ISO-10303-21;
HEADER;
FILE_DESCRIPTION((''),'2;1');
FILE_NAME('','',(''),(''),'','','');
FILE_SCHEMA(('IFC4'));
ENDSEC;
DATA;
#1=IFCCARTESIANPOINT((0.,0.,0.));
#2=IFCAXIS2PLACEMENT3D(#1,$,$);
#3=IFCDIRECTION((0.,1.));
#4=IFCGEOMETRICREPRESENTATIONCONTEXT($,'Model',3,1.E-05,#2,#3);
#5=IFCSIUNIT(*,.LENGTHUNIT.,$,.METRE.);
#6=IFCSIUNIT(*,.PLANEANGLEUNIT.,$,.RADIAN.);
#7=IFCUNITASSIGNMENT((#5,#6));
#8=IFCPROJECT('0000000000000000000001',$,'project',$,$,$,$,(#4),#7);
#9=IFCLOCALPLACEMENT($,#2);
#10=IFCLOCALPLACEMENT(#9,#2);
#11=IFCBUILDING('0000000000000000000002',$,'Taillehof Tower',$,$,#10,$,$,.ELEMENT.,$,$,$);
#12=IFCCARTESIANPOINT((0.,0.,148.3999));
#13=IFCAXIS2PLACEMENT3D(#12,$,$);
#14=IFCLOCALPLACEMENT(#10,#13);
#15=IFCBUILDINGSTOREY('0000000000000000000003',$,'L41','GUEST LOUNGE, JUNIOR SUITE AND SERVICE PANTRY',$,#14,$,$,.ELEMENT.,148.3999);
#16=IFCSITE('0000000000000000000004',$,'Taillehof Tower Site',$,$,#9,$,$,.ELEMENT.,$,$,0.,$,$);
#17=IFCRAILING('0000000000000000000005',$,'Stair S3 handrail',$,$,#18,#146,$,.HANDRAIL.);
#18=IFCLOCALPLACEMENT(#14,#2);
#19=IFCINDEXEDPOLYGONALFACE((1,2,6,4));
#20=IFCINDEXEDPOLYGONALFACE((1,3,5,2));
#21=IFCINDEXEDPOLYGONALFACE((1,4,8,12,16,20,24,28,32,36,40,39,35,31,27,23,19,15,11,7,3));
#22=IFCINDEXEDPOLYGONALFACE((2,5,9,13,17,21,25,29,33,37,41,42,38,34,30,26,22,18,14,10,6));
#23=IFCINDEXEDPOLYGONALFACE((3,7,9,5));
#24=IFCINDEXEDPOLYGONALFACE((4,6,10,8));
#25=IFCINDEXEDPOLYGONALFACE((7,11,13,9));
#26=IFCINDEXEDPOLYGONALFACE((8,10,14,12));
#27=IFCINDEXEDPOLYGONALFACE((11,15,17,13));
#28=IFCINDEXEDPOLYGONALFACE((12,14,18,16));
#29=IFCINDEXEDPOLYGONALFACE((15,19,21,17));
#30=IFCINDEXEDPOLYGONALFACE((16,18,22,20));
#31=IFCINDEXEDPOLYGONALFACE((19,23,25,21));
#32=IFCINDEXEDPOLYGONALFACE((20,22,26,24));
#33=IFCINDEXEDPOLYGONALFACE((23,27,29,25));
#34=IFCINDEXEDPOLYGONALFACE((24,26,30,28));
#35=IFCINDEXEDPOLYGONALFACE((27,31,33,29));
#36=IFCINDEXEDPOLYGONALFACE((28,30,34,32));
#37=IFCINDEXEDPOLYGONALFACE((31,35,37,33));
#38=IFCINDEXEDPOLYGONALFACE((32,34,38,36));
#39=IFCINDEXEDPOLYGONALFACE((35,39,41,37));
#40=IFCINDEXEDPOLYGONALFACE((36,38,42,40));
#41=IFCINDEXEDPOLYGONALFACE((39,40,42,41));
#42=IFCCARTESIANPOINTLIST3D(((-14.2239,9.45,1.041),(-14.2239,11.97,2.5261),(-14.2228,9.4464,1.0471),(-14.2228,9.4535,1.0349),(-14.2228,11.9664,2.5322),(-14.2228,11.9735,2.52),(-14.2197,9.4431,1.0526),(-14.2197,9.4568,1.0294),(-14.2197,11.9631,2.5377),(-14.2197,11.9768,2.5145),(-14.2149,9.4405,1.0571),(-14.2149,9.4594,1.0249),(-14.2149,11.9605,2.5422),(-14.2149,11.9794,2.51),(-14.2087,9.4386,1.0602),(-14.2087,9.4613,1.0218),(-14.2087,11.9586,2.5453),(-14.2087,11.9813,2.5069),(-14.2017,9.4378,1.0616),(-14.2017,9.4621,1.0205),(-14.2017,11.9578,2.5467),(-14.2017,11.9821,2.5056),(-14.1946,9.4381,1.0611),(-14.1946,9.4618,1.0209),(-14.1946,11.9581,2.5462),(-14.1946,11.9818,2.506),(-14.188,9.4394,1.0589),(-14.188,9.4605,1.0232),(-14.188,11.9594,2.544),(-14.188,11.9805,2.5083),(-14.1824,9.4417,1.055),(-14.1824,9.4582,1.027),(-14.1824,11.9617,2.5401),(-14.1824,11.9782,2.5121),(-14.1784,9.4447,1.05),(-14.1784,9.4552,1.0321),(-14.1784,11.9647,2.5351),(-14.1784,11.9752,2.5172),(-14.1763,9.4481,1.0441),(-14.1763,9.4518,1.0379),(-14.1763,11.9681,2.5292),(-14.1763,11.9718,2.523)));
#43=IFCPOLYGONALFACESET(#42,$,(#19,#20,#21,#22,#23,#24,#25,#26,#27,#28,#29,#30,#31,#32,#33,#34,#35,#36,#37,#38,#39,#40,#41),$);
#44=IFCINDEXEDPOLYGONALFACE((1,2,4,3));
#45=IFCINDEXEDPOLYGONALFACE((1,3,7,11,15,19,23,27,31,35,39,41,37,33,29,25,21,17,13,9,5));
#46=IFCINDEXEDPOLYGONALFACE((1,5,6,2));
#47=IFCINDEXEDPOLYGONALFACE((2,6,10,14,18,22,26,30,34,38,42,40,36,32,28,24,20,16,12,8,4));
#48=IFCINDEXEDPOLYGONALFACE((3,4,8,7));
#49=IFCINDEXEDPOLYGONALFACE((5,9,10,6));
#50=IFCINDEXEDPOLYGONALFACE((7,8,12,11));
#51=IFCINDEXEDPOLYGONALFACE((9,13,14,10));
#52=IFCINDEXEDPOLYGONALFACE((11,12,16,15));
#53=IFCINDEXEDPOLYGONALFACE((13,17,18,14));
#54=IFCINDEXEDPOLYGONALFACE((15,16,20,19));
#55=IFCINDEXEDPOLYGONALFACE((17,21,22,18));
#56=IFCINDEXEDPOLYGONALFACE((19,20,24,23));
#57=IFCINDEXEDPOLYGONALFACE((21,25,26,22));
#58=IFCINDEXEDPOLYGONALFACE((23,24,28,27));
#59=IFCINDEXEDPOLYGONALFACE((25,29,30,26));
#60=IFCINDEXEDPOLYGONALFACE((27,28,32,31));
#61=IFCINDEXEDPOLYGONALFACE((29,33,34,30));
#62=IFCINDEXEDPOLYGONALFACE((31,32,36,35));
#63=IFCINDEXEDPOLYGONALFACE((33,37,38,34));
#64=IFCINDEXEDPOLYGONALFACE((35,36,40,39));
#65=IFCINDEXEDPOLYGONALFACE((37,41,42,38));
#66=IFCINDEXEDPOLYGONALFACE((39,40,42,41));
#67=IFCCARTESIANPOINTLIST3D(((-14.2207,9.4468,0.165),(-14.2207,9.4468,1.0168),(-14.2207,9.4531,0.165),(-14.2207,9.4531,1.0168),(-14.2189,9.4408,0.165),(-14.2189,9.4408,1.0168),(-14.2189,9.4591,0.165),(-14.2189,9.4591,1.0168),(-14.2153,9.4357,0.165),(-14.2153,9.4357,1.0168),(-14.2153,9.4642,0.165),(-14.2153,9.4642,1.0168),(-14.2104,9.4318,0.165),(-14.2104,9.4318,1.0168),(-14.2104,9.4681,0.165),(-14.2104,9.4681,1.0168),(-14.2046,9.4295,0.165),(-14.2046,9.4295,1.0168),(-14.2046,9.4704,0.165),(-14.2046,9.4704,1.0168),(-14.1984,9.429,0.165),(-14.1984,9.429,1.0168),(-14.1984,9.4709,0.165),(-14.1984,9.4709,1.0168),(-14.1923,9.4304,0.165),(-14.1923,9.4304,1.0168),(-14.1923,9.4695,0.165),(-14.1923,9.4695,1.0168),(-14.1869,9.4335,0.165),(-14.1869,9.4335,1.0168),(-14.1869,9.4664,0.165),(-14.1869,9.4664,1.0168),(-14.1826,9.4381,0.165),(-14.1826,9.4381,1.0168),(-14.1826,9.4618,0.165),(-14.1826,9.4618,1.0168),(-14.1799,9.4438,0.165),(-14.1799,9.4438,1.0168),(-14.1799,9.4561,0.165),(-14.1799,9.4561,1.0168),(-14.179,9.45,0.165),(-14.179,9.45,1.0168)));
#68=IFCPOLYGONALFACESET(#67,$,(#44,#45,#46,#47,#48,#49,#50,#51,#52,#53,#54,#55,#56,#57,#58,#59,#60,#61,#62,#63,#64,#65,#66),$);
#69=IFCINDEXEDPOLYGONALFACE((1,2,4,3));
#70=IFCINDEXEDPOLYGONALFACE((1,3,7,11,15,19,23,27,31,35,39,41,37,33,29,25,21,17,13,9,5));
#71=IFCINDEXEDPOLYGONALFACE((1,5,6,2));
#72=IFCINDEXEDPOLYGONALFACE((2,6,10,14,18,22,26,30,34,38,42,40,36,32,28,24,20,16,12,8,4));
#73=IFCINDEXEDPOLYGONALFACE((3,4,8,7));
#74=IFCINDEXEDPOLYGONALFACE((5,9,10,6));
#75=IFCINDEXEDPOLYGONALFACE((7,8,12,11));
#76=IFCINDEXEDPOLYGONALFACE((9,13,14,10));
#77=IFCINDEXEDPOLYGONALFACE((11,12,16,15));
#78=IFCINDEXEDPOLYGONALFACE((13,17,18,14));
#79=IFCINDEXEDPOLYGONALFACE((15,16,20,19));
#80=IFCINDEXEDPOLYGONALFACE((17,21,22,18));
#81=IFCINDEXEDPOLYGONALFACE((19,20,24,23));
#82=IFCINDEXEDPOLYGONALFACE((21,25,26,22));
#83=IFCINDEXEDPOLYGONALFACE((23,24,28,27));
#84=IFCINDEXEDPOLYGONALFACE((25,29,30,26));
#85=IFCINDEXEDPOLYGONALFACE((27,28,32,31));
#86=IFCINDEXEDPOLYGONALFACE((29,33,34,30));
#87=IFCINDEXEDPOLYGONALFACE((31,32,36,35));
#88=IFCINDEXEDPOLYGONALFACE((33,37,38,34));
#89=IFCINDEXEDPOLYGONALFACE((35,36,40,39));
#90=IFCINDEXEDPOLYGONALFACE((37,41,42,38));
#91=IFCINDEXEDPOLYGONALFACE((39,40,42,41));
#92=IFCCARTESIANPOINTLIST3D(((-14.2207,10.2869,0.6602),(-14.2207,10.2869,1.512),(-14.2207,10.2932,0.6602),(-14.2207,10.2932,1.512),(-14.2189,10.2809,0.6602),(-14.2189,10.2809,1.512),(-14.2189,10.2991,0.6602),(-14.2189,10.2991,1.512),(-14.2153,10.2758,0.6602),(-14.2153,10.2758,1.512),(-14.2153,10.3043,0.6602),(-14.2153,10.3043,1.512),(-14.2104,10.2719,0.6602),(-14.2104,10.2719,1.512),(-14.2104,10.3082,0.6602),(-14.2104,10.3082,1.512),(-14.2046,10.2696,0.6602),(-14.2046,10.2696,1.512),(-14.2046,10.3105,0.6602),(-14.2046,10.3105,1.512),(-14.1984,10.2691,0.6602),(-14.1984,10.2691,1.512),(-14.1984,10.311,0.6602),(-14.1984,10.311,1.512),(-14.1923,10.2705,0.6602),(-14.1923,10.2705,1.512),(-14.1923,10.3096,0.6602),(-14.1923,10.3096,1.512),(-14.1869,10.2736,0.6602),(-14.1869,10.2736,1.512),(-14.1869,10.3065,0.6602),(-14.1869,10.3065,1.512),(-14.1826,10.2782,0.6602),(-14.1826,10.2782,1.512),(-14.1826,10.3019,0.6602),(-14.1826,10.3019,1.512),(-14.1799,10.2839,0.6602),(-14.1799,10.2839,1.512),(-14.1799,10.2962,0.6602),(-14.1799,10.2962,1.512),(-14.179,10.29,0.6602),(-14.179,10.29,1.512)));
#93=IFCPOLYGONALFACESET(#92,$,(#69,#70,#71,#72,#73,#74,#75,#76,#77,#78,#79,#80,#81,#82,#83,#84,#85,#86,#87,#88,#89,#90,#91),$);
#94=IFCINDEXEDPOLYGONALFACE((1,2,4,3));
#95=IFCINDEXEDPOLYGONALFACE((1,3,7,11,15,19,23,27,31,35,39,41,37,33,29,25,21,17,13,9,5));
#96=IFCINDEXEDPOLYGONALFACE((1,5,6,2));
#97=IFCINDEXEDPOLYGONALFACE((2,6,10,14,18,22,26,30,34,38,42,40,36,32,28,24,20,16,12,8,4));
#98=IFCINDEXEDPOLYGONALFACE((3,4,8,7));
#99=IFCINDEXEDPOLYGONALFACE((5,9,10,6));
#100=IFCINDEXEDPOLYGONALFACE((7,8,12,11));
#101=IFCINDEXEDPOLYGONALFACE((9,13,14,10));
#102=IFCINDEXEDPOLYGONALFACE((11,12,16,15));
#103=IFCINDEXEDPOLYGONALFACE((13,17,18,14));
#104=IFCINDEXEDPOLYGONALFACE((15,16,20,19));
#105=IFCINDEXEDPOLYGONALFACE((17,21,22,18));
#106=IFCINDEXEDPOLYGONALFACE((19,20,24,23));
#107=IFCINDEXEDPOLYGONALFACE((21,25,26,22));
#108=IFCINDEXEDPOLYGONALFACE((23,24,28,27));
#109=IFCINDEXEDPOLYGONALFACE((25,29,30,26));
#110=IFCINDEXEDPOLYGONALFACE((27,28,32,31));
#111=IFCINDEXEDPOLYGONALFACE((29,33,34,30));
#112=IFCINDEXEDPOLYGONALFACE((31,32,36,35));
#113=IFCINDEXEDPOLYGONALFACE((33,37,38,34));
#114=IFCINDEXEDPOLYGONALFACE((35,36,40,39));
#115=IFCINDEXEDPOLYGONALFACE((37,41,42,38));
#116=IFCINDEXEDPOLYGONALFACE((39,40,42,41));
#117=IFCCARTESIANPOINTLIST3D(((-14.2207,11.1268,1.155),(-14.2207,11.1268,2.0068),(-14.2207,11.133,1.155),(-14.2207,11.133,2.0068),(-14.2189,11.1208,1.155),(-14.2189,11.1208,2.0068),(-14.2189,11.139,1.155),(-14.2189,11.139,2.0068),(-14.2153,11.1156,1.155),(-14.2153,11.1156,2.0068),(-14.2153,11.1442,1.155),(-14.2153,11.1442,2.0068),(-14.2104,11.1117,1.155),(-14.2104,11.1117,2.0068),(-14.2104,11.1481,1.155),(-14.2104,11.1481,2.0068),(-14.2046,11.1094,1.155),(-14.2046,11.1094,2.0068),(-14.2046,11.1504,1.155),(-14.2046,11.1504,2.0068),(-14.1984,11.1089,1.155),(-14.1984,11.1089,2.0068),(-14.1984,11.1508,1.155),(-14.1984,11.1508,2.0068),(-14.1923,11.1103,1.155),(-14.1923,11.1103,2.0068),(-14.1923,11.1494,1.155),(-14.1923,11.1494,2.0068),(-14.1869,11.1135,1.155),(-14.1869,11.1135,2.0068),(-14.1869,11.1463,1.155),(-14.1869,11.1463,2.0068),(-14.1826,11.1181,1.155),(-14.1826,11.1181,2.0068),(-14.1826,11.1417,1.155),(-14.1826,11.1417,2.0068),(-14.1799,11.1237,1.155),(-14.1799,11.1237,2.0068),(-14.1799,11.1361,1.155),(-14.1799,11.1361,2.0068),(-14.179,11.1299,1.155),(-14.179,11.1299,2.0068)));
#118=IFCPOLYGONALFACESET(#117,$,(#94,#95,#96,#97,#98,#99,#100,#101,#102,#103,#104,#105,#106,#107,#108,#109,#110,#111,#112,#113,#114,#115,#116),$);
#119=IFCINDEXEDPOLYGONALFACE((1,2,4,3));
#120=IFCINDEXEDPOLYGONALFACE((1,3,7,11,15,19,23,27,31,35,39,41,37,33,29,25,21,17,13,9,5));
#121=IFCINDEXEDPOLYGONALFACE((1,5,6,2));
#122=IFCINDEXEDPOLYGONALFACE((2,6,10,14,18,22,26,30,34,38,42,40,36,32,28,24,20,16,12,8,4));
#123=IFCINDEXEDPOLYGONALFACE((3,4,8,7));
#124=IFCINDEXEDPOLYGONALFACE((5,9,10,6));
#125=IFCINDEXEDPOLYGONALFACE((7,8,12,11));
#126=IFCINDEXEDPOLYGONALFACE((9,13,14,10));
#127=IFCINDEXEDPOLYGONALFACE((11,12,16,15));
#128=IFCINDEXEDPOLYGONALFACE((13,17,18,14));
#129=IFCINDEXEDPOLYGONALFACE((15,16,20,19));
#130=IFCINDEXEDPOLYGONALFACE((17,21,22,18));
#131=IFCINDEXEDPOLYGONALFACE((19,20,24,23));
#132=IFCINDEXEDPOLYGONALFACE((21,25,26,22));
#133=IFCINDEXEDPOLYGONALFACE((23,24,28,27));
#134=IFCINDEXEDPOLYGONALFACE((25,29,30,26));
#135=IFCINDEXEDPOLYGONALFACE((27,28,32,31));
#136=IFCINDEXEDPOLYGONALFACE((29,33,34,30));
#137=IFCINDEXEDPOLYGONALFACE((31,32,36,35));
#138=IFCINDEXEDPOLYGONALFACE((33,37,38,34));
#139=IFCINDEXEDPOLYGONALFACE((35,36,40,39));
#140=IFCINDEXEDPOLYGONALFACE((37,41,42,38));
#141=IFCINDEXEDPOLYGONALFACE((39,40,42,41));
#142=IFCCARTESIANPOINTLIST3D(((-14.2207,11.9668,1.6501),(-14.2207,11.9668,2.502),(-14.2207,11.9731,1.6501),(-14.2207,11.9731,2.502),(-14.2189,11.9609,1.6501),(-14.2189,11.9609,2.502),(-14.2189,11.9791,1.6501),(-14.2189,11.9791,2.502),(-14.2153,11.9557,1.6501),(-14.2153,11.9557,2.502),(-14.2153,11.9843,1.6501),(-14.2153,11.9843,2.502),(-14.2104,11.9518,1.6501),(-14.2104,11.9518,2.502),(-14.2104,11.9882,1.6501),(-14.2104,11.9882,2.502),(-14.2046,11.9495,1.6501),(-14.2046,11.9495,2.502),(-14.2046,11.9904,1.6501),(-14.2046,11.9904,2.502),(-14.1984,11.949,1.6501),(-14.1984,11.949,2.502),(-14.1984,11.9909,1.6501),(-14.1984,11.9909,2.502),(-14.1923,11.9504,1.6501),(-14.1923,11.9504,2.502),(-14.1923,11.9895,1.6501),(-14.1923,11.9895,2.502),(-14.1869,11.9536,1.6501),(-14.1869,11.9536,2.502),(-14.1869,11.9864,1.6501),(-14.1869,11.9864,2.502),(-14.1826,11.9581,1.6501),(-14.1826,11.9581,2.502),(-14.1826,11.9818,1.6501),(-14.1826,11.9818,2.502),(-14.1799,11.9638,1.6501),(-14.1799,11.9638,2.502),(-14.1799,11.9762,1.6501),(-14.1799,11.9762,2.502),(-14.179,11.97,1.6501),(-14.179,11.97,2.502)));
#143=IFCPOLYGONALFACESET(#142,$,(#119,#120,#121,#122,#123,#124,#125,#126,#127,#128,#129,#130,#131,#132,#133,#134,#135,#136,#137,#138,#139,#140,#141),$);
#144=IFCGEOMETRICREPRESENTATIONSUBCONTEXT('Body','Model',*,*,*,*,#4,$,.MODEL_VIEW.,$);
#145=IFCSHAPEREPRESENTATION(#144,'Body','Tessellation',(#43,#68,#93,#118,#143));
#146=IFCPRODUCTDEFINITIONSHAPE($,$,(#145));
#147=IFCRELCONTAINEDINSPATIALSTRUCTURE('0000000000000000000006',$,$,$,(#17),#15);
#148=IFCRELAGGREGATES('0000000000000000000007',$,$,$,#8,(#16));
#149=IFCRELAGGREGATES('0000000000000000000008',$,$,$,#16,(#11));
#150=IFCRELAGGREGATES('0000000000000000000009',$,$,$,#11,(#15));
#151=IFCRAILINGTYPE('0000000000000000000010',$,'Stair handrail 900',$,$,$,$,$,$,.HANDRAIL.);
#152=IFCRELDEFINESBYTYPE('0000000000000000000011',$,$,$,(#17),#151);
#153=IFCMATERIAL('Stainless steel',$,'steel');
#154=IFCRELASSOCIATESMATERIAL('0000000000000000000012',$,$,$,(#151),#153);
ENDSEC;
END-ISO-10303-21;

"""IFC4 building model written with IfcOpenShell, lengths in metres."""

from ifc_helpers import new_model, si_unit, direction, frame, origin, origin_2d, place, context, subcontext, project, spatial, circle, extrude, material, type_object, element, save


model = new_model("IFC4")

# Units and contexts
model_context = context("Model", 3, precision=1e-05, world=origin(), true_north=direction((0.0, 1.0)))
body_context = subcontext(model_context, "Body", "Model", "MODEL_VIEW")
ifc_project = project(units=[si_unit("LENGTHUNIT", "METRE"), si_unit("PLANEANGLEUNIT", "RADIAN")], contexts=[model_context])

# Site, building, storey
site_placement = place(None, origin())
site = spatial("IfcSite", under=ifc_project, at=site_placement, Name="Taillehof Tower Site", CompositionType="ELEMENT", RefElevation=0.0)
building_placement = place(site_placement, origin())
building = spatial("IfcBuilding", under=site, at=building_placement, Name="Taillehof Tower", CompositionType="ELEMENT")
storey_placement = place(building_placement, frame((0.0, 0.0, 148.3999)))
storey = spatial("IfcBuildingStorey", under=building, at=storey_placement, Name="L41", Description="GUEST LOUNGE, JUNIOR SUITE AND SERVICE PANTRY", CompositionType="ELEMENT", Elevation=148.3999)

# Railing
ifc_material_1 = material(Name="Stainless steel", Category="steel")
railing_type = type_object("IfcRailingType", Name="Stair handrail 900", PredefinedType="HANDRAIL", material=ifc_material_1)
railing_placement = place(storey_placement, frame((-14.2, 9.45, 0.165)))
element("IfcRailing", 1, at=railing_placement, inside=storey, type_object=railing_type, Name="Stair S3 handrail", PredefinedType="HANDRAIL", context=body_context, shape_type="SweptSolid", body=[
    extrude(circle(Radius=0.0239, at=origin_2d()), frame((0.0, 0.0, 0.876), z_axis=(0.0, 0.861524, 0.507717), x_axis=(-1.0, 0.0, 0.0)), (0.0, 0.0, 1.0), 2.925),
    extrude(circle(Radius=0.021, at=origin_2d()), origin(), (0.0, 0.0, 1.0), 0.8518),
    extrude(circle(Radius=0.021, at=origin_2d()), frame((0.0, 0.8401, 0.4951)), (0.0, 0.0, 1.0), 0.8518),
    extrude(circle(Radius=0.021, at=origin_2d()), frame((0.0, 1.6799, 0.99)), (0.0, 0.0, 1.0), 0.8518),
    extrude(circle(Radius=0.021, at=origin_2d()), frame((0.0, 2.52, 1.4851)), (0.0, 0.0, 1.0), 0.8518),
])

save(model, "model.ifc")
